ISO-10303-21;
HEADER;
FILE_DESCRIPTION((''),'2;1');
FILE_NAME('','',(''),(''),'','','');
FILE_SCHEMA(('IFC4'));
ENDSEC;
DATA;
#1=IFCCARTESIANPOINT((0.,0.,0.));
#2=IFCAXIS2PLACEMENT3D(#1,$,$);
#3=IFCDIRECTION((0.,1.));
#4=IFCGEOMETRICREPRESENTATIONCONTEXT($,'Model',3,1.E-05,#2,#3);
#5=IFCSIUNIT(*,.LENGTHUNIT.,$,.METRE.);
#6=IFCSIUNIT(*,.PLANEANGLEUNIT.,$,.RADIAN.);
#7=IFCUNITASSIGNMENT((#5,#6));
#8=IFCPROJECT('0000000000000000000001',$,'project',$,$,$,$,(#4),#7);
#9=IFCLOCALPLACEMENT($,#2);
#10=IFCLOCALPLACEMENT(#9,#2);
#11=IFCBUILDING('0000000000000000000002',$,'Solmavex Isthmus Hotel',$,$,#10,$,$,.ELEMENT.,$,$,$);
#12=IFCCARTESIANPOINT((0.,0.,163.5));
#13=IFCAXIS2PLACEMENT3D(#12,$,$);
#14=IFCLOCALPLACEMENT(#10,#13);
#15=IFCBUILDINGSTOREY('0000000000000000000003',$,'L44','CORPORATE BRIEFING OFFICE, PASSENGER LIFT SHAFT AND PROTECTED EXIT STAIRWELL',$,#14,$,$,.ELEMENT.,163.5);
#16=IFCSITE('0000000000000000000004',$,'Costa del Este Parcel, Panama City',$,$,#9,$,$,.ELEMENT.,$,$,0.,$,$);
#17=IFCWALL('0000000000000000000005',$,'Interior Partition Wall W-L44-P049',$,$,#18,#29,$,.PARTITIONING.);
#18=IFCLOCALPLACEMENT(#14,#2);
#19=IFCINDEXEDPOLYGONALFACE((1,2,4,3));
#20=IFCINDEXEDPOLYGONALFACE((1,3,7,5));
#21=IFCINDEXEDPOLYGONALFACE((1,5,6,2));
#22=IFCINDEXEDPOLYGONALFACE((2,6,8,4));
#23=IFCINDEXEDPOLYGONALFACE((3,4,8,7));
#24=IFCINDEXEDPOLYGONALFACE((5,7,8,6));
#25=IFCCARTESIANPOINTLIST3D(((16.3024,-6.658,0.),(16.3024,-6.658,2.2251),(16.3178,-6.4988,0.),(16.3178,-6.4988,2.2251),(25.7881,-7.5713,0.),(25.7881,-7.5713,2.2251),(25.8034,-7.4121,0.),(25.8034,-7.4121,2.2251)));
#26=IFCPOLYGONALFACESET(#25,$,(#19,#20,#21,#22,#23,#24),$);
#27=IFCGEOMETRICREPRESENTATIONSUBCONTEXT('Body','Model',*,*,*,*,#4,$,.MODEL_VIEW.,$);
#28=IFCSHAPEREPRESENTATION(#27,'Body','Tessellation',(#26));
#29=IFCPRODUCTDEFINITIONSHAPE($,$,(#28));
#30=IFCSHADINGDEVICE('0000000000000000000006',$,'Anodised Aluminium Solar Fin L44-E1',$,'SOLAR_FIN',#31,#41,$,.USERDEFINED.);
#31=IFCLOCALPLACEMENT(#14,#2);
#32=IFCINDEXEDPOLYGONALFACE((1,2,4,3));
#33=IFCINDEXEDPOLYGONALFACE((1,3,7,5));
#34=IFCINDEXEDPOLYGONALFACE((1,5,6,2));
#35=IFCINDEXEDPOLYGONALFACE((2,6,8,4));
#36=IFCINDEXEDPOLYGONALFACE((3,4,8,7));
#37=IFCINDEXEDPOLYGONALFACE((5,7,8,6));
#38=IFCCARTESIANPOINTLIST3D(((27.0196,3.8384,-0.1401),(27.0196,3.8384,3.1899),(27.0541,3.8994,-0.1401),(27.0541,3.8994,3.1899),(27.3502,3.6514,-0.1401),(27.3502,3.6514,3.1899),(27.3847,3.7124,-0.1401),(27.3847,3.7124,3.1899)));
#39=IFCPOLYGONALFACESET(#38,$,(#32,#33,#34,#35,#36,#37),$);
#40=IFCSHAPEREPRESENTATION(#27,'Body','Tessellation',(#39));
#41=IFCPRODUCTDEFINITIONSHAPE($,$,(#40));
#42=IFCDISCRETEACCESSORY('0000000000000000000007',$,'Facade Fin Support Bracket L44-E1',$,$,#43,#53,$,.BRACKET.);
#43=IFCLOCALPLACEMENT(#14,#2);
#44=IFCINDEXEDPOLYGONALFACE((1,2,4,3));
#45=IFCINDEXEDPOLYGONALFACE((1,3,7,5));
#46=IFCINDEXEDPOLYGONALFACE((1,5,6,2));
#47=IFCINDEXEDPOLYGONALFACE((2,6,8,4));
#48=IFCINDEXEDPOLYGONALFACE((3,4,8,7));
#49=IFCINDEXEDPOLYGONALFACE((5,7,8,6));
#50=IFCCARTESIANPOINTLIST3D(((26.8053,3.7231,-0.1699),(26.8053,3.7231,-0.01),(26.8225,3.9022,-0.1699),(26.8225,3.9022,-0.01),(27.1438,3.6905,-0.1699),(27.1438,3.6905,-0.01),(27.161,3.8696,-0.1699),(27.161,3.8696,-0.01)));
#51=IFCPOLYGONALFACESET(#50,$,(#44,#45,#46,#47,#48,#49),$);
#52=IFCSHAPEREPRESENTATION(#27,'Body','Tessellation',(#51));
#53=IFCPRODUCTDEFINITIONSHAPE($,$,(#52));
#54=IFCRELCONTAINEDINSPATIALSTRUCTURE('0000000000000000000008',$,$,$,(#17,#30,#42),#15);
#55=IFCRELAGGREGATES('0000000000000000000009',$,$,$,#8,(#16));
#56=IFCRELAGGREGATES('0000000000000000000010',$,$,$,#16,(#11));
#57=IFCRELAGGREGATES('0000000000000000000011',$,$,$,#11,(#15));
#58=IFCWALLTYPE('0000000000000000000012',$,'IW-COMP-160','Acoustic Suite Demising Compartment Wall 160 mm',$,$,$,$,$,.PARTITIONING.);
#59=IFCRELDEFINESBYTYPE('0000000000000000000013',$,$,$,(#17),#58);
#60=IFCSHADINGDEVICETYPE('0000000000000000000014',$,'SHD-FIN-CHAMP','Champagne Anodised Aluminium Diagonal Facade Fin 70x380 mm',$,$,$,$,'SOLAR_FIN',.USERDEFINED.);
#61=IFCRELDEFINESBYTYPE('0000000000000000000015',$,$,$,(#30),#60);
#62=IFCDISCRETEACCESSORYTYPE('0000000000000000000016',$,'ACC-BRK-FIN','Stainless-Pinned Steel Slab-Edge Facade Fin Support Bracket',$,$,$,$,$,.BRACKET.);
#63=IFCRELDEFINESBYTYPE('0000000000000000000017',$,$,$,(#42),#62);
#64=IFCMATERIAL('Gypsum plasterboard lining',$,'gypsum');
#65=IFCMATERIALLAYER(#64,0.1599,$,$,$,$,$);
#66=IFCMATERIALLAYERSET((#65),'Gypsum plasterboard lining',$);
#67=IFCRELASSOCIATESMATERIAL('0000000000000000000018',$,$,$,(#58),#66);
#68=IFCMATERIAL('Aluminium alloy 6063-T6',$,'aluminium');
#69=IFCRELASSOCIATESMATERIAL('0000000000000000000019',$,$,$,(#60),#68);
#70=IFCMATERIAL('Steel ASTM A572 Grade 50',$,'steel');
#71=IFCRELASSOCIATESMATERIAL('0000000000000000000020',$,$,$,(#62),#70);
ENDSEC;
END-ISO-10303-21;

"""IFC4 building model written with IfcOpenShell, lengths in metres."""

from ifc_helpers import new_model, si_unit, direction, frame, frame_2d, origin, origin_2d, place, context, subcontext, project, spatial, rectangle, extrude, material, layer, layer_set, type_object, element, save


model = new_model("IFC4")

# Units and contexts
model_context = context("Model", 3, precision=1e-05, world=origin(), true_north=direction((0.0, 1.0)))
body_context = subcontext(model_context, "Body", "Model", "MODEL_VIEW")
ifc_project = project(units=[si_unit("LENGTHUNIT", "METRE"), si_unit("PLANEANGLEUNIT", "RADIAN")], contexts=[model_context])

# Site, building, storey
site_placement = place(None, origin())
site = spatial("IfcSite", under=ifc_project, at=site_placement, Name="Costa del Este Parcel, Panama City", CompositionType="ELEMENT", RefElevation=0.0)
building_placement = place(site_placement, origin())
building = spatial("IfcBuilding", under=site, at=building_placement, Name="Solmavex Isthmus Hotel", CompositionType="ELEMENT")
storey_placement = place(building_placement, frame((0.0, 0.0, 163.5)))
storey = spatial("IfcBuildingStorey", under=building, at=storey_placement, Name="L44", Description="CORPORATE BRIEFING OFFICE, PASSENGER LIFT SHAFT AND PROTECTED EXIT STAIRWELL", CompositionType="ELEMENT", Elevation=163.5)

# Shared definitions
ifc_material_1 = material(Name="Aluminium alloy 6063-T6", Category="aluminium")

# Wall
ifc_material_2 = material(Name="Gypsum plasterboard lining", Category="gypsum")
ifc_layer_1 = layer(ifc_material_2, 0.1599)
ifc_layer_set_1 = layer_set([ifc_layer_1], Name="Gypsum plasterboard lining")
wall_type = type_object("IfcWallType", Name="IW-COMP-160", Description="Acoustic Suite Demising Compartment Wall 160 mm", PredefinedType="PARTITIONING", material=ifc_layer_set_1)
wall_1_placement = place(storey_placement, frame((25.7957, -7.4917, 0.0), z_axis=(0.0, 0.0, 1.0), x_axis=(-0.995396, 0.095843, 0.0)))
element("IfcWall", 1, at=wall_1_placement, inside=storey, type_object=wall_type, Name="Interior Partition Wall W-L44-P049", PredefinedType="PARTITIONING", context=body_context, shape_type="SweptSolid", body=[
    extrude(rectangle(XDim=9.5295, YDim=0.1599, at=frame_2d((4.7646, 0.0))), origin(), (0.0, 0.0, 1.0), 2.2251),
])

# Shading device
shading_device_type = type_object("IfcShadingDeviceType", Name="SHD-FIN-CHAMP", Description="Champagne Anodised Aluminium Diagonal Facade Fin 70x380 mm", ElementType="SOLAR_FIN", PredefinedType="USERDEFINED", material=ifc_material_1)
shading_device_placement = place(storey_placement, frame((27.2021, 3.7754, -0.1401), z_axis=(0.0, 0.0, 1.0), x_axis=(0.870356, -0.492424, 0.0)))
element("IfcShadingDevice", 2, at=shading_device_placement, inside=storey, type_object=shading_device_type, Name="Anodised Aluminium Solar Fin L44-E1", ObjectType="SOLAR_FIN", PredefinedType="USERDEFINED", context=body_context, shape_type="SweptSolid", body=[
    extrude(rectangle(XDim=0.3799, YDim=0.0701, at=origin_2d()), origin(), (0.0, 0.0, 1.0), 3.3301),
])

# Discrete accessory
ifc_material_3 = material(Name="Steel ASTM A572 Grade 50", Category="steel")
discrete_accessory_type = type_object("IfcDiscreteAccessoryType", Name="ACC-BRK-FIN", Description="Stainless-Pinned Steel Slab-Edge Facade Fin Support Bracket", PredefinedType="BRACKET", material=ifc_material_3)
discrete_accessory_placement = place(storey_placement, frame((26.9832, 3.7964, -0.1699), z_axis=(0.0, 0.0, 1.0), x_axis=(0.995396, -0.095846, 0.0)))
element("IfcDiscreteAccessory", 3, at=discrete_accessory_placement, inside=storey, type_object=discrete_accessory_type, Name="Facade Fin Support Bracket L44-E1", PredefinedType="BRACKET", context=body_context, shape_type="SweptSolid", body=[
    extrude(rectangle(XDim=0.3401, YDim=0.1799, at=origin_2d()), origin(), (0.0, 0.0, 1.0), 0.1599),
])

save(model, "model.ifc")
